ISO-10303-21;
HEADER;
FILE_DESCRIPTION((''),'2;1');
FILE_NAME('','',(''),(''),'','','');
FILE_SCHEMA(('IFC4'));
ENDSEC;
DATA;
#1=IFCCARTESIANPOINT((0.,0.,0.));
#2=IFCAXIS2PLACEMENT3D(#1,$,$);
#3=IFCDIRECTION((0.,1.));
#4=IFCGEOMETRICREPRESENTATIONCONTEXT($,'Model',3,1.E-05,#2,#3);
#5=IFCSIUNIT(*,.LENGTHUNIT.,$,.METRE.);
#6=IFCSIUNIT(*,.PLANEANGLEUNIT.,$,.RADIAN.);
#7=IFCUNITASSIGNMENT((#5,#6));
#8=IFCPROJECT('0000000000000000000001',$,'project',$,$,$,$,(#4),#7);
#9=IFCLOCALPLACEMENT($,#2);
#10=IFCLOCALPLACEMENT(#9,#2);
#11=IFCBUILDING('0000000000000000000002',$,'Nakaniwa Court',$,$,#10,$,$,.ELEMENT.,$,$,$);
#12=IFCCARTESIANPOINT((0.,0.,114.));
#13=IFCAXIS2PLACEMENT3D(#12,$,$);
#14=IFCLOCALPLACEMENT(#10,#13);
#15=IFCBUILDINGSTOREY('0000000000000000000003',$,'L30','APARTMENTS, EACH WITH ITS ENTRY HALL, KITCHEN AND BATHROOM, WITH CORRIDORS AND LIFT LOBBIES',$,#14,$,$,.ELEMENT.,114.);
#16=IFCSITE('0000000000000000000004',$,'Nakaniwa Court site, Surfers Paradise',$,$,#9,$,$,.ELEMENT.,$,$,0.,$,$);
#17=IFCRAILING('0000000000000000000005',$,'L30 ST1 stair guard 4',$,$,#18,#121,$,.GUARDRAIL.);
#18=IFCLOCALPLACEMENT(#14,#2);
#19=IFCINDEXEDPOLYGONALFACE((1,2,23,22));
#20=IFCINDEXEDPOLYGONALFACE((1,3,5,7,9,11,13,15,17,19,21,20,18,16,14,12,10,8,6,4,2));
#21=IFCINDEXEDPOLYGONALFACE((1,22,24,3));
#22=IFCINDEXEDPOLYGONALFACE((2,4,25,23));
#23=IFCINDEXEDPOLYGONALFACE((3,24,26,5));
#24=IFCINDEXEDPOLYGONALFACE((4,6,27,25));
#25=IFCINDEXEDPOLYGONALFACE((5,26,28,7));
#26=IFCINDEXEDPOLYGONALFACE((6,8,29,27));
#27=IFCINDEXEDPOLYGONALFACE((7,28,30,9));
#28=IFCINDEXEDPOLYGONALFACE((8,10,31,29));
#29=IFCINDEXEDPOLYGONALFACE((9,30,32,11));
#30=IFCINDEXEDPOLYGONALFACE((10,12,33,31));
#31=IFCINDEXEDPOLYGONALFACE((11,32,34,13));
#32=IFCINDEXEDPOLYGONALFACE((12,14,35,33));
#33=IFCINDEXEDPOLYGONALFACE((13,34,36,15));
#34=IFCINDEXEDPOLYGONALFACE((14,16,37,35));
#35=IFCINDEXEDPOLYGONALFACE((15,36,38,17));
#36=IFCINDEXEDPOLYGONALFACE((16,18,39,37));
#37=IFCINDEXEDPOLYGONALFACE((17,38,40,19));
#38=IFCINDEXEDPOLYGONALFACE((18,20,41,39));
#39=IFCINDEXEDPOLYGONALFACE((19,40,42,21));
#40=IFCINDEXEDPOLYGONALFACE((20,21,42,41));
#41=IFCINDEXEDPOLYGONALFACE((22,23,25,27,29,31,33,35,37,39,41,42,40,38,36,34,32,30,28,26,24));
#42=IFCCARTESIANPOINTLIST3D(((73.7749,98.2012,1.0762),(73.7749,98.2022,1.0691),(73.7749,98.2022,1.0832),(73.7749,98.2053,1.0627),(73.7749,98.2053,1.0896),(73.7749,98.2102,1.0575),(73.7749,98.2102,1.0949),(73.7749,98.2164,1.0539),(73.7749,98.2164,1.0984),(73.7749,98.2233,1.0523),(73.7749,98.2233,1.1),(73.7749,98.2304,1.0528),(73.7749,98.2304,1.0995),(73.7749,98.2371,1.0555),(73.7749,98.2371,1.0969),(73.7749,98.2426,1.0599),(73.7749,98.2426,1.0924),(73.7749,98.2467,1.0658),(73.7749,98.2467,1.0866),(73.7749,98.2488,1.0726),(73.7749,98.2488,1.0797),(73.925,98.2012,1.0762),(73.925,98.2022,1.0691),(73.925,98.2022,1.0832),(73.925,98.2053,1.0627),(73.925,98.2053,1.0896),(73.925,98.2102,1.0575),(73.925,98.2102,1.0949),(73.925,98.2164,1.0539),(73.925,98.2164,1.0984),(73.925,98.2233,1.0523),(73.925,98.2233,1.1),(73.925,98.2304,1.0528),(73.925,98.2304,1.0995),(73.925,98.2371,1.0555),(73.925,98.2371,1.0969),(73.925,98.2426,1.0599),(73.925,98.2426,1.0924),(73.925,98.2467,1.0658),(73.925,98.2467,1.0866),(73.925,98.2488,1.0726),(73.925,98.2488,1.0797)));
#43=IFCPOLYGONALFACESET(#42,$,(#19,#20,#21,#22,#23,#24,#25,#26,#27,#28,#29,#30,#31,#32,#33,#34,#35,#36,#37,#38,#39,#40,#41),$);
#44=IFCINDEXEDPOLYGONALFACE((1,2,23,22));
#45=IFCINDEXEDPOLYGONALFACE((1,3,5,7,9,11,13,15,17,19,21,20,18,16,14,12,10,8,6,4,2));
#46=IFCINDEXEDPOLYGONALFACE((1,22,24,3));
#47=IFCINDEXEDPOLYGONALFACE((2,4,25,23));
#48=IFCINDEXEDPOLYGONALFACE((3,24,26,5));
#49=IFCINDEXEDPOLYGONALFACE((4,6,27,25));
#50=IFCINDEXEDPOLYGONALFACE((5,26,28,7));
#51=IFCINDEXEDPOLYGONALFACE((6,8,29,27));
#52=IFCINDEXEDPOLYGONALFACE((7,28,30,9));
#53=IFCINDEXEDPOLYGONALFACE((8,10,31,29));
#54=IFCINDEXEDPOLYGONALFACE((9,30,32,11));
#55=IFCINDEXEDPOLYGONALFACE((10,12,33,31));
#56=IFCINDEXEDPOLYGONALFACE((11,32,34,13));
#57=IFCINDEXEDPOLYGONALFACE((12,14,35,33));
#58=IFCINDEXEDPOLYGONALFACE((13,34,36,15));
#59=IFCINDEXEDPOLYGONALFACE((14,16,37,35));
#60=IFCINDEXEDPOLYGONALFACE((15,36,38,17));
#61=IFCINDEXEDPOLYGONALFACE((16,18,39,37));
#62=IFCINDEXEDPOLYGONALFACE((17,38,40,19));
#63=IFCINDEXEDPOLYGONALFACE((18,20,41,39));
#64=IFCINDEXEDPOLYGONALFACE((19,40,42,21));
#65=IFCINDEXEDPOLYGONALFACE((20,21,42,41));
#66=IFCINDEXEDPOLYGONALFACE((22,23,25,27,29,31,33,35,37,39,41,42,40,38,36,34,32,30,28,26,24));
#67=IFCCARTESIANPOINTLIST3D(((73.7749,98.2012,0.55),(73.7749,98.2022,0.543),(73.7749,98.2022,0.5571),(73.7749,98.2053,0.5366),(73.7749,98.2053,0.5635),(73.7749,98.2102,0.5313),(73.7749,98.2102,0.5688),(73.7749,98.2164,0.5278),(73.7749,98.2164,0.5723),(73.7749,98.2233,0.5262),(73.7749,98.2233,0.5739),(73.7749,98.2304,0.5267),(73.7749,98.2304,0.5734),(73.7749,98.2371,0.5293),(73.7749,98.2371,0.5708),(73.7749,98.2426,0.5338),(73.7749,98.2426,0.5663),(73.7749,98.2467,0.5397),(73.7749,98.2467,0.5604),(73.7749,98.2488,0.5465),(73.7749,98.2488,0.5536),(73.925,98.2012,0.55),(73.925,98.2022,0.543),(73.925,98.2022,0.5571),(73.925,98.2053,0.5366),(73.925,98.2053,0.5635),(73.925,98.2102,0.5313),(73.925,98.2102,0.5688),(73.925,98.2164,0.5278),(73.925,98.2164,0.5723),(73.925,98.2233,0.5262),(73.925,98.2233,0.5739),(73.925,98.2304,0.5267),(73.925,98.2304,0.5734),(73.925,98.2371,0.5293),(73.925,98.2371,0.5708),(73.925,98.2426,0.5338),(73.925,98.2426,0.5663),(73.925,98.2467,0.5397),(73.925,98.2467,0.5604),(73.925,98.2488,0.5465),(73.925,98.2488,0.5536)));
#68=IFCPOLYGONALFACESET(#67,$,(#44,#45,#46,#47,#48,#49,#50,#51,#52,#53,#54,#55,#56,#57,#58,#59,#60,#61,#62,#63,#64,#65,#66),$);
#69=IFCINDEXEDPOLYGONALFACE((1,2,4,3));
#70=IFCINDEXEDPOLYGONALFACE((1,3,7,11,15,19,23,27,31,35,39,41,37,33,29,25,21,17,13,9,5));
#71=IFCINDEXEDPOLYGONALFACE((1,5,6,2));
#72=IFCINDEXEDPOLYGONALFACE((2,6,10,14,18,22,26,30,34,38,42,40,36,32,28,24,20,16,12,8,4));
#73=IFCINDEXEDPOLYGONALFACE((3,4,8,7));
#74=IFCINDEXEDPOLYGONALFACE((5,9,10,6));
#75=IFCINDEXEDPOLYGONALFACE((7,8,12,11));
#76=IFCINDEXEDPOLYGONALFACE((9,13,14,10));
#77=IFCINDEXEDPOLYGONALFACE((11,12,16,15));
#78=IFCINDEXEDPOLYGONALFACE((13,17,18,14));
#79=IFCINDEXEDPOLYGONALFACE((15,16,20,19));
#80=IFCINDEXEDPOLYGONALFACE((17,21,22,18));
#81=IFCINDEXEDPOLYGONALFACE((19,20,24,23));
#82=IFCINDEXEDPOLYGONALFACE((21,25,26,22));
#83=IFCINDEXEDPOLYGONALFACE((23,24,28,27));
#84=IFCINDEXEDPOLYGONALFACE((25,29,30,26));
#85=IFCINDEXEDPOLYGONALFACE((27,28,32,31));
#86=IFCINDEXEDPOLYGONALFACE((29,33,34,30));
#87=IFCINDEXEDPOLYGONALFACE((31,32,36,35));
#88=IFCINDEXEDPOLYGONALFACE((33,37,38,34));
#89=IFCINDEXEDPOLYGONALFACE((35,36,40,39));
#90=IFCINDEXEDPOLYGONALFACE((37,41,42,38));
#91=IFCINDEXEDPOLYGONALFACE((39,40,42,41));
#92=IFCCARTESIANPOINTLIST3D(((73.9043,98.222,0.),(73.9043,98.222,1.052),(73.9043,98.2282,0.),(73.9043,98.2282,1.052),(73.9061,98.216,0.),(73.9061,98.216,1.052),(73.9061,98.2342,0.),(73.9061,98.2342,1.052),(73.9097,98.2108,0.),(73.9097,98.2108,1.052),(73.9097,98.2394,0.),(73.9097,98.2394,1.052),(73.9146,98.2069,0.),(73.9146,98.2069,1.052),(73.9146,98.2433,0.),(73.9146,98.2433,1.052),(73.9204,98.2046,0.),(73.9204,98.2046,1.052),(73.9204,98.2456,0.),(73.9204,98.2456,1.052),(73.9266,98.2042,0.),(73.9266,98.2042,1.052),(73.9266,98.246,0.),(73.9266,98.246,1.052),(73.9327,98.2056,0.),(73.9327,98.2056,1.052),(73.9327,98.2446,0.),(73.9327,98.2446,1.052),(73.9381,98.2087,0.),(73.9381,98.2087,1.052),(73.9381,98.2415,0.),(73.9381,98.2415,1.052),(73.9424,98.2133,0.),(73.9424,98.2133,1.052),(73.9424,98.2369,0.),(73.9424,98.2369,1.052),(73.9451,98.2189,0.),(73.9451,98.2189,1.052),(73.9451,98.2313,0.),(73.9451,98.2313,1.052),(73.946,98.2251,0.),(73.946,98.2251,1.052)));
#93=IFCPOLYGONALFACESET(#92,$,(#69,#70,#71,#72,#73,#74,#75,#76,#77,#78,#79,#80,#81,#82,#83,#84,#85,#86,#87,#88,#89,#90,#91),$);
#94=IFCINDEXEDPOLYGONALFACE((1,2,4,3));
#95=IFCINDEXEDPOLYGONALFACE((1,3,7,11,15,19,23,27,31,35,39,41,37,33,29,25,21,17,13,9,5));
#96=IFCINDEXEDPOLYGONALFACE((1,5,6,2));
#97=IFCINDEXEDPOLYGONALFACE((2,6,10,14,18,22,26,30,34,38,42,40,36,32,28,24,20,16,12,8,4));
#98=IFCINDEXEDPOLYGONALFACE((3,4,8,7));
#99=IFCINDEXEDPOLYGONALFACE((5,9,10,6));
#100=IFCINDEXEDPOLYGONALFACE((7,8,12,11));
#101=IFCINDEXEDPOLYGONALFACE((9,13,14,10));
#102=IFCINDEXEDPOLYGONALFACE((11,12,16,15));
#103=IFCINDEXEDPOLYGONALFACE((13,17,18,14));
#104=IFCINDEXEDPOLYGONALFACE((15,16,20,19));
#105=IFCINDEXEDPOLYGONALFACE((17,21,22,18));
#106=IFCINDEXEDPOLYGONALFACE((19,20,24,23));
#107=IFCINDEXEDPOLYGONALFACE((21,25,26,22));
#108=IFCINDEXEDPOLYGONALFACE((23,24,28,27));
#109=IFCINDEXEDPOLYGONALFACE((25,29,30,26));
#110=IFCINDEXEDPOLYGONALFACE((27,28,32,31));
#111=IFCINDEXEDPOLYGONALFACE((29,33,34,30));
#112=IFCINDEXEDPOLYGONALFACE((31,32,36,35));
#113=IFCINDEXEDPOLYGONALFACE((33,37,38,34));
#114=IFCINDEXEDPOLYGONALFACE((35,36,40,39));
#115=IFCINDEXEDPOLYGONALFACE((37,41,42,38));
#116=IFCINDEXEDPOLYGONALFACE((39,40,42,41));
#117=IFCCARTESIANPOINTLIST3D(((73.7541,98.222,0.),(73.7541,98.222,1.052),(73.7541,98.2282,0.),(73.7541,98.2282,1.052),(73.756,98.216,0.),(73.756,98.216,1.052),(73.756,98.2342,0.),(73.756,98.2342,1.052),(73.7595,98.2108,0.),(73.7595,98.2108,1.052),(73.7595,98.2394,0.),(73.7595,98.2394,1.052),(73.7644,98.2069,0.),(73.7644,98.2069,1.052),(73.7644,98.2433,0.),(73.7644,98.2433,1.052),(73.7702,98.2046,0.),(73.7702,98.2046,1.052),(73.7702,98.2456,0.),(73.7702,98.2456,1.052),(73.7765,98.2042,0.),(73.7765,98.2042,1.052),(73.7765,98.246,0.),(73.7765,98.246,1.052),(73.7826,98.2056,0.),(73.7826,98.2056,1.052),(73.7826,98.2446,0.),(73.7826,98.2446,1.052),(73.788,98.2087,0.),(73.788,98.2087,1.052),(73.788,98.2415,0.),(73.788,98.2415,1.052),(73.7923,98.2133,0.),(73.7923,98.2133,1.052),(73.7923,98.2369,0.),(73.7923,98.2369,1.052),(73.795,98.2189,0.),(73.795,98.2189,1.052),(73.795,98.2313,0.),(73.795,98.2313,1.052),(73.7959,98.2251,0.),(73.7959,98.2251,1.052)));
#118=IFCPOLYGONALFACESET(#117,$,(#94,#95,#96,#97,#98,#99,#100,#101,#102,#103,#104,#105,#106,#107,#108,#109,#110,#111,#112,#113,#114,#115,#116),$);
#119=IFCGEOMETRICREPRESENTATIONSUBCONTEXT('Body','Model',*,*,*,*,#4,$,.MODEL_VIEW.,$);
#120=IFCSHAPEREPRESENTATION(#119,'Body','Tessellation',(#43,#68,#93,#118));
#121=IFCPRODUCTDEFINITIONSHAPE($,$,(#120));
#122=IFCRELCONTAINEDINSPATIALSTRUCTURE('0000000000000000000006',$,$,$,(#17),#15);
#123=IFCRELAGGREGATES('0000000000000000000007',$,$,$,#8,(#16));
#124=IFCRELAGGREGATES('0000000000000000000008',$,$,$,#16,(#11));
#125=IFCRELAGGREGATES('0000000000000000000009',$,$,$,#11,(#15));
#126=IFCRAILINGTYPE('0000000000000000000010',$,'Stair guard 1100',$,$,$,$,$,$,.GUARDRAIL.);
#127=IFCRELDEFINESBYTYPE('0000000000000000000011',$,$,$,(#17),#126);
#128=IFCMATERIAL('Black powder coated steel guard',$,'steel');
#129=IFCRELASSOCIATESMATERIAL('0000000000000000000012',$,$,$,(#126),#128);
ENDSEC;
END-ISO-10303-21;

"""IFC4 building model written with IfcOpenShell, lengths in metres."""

from ifc_helpers import new_model, si_unit, direction, frame, origin, origin_2d, place, context, subcontext, project, spatial, circle, extrude, material, type_object, element, save


model = new_model("IFC4")

# Units and contexts
model_context = context("Model", 3, precision=1e-05, world=origin(), true_north=direction((0.0, 1.0)))
body_context = subcontext(model_context, "Body", "Model", "MODEL_VIEW")
ifc_project = project(units=[si_unit("LENGTHUNIT", "METRE"), si_unit("PLANEANGLEUNIT", "RADIAN")], contexts=[model_context])

# Site, building, storey
site_placement = place(None, origin())
site = spatial("IfcSite", under=ifc_project, at=site_placement, Name="Nakaniwa Court site, Surfers Paradise", CompositionType="ELEMENT", RefElevation=0.0)
building_placement = place(site_placement, origin())
building = spatial("IfcBuilding", under=site, at=building_placement, Name="Nakaniwa Court", CompositionType="ELEMENT")
storey_placement = place(building_placement, frame((0.0, 0.0, 114.0)))
storey = spatial("IfcBuildingStorey", under=building, at=storey_placement, Name="L30", Description="APARTMENTS, EACH WITH ITS ENTRY HALL, KITCHEN AND BATHROOM, WITH CORRIDORS AND LIFT LOBBIES", CompositionType="ELEMENT", Elevation=114.0)

# Railing
ifc_material_1 = material(Name="Black powder coated steel guard", Category="steel")
railing_type_1 = type_object("IfcRailingType", Name="Stair guard 1100", PredefinedType="GUARDRAIL", material=ifc_material_1)
railing_1_placement = place(storey_placement, frame((73.925, 98.2251, 0.0)))
element("IfcRailing", 1, at=railing_1_placement, inside=storey, type_object=railing_type_1, Name="L30 ST1 stair guard 4", PredefinedType="GUARDRAIL", context=body_context, shape_type="SweptSolid", body=[
    extrude(circle(Radius=0.0239, at=origin_2d()), frame((0.0, 0.0, 1.0762), z_axis=(-1.0, 0.0, 0.0), x_axis=(0.0, -1.0, 0.0)), (0.0, 0.0, 1.0), 0.1501),
    extrude(circle(Radius=0.0239, at=origin_2d()), frame((0.0, 0.0, 0.55), z_axis=(-1.0, 0.0, 0.0), x_axis=(0.0, -1.0, 0.0)), (0.0, 0.0, 1.0), 0.1501),
    extrude(circle(Radius=0.021, at=origin_2d()), origin(), (0.0, 0.0, 1.0), 1.052),
    extrude(circle(Radius=0.021, at=origin_2d()), frame((-0.1501, 0.0, 0.0)), (0.0, 0.0, 1.0), 1.052),
])

save(model, "model.ifc")
